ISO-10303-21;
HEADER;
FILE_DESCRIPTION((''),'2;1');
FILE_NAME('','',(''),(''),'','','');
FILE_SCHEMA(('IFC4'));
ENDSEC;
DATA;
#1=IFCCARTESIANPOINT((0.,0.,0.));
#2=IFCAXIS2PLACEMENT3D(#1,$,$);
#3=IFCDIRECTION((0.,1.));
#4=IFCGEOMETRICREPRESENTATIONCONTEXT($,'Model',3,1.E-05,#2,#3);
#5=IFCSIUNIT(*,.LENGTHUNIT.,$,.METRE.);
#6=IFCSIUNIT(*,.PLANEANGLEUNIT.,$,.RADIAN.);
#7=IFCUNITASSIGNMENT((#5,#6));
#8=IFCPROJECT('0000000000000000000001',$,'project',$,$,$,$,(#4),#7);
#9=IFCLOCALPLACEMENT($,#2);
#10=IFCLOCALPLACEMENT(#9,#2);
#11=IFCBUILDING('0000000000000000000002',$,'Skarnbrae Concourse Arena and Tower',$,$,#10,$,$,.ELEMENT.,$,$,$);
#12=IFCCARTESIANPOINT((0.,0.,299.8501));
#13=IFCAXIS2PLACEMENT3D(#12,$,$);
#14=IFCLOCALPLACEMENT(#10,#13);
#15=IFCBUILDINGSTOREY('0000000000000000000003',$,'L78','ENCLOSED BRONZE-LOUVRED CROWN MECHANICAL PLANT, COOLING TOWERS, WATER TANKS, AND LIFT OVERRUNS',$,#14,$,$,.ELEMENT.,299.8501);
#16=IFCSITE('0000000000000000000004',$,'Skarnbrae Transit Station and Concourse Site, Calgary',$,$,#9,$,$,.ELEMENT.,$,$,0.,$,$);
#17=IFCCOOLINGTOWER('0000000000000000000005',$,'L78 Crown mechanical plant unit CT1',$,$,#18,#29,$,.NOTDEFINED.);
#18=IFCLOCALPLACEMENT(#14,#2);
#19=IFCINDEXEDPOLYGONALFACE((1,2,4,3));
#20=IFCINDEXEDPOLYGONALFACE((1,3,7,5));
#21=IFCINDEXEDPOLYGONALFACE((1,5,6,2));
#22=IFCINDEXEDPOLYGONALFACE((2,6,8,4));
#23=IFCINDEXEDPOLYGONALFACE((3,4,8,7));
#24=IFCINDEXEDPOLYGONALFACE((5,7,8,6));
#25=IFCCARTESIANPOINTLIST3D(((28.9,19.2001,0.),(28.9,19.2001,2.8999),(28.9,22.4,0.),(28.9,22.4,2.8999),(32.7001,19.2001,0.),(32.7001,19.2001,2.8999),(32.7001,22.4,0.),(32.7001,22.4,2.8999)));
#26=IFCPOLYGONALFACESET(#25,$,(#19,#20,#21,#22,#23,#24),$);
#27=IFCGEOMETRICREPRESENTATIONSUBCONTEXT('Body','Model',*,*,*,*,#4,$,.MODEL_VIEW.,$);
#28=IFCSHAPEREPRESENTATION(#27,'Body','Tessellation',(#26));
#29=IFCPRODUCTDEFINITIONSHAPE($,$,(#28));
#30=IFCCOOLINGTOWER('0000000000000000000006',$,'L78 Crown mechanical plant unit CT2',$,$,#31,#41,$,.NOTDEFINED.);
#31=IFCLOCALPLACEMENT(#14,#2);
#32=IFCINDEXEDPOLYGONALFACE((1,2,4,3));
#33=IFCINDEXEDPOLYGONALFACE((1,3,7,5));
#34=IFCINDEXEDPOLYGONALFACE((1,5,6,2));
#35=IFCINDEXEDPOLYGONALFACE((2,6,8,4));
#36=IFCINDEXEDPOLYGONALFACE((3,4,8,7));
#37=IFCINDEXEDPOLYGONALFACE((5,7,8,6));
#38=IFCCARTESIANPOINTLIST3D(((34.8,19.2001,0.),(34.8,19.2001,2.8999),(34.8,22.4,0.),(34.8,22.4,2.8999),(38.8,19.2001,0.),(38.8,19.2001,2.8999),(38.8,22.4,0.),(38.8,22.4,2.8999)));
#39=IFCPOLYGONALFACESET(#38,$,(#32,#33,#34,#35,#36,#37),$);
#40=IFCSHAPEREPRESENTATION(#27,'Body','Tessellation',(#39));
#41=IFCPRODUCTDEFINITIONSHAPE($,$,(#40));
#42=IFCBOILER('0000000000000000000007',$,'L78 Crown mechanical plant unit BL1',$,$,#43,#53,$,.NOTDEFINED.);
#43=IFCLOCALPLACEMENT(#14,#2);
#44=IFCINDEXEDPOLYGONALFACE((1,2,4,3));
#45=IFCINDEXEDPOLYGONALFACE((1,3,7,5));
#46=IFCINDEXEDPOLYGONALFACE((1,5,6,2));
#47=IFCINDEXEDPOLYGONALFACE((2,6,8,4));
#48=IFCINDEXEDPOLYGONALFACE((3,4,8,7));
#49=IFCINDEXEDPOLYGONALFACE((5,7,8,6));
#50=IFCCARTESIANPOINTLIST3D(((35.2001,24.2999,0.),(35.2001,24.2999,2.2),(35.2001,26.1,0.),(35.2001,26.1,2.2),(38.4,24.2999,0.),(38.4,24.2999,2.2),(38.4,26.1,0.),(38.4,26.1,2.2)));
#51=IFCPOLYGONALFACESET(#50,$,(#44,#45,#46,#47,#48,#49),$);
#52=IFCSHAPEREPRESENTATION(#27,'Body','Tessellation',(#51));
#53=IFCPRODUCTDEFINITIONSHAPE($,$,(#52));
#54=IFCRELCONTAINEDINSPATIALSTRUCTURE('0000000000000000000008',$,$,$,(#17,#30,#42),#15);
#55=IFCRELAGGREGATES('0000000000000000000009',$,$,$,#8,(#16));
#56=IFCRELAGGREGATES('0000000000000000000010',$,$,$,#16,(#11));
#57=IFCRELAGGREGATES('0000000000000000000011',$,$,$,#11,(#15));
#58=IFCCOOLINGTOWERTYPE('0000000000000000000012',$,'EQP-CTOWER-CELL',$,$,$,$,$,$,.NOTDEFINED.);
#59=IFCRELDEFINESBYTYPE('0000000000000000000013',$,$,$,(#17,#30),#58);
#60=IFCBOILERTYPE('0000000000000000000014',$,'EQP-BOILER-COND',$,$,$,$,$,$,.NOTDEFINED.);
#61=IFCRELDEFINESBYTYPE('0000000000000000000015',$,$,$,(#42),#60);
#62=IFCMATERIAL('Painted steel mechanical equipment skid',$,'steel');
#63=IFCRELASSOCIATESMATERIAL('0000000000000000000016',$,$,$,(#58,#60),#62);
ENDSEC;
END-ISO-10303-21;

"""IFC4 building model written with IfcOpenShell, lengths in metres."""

from ifc_helpers import new_model, si_unit, direction, frame, origin, origin_2d, place, context, subcontext, project, spatial, rectangle, extrude, source, transform, mapped, material, type_object, element, save


model = new_model("IFC4")

# Units and contexts
model_context = context("Model", 3, precision=1e-05, world=origin(), true_north=direction((0.0, 1.0)))
body_context = subcontext(model_context, "Body", "Model", "MODEL_VIEW")
ifc_project = project(units=[si_unit("LENGTHUNIT", "METRE"), si_unit("PLANEANGLEUNIT", "RADIAN")], contexts=[model_context])

# Site, building, storey
site_placement = place(None, origin())
site = spatial("IfcSite", under=ifc_project, at=site_placement, Name="Skarnbrae Transit Station and Concourse Site, Calgary", CompositionType="ELEMENT", RefElevation=0.0)
building_placement = place(site_placement, origin())
building = spatial("IfcBuilding", under=site, at=building_placement, Name="Skarnbrae Concourse Arena and Tower", CompositionType="ELEMENT")
storey_placement = place(building_placement, frame((0.0, 0.0, 299.8501)))
storey = spatial("IfcBuildingStorey", under=building, at=storey_placement, Name="L78", Description="ENCLOSED BRONZE-LOUVRED CROWN MECHANICAL PLANT, COOLING TOWERS, WATER TANKS, AND LIFT OVERRUNS", CompositionType="ELEMENT", Elevation=299.8501)

# Cooling towers
ifc_material_1 = material(Name="Painted steel mechanical equipment skid", Category="steel")
cooling_tower_type = type_object("IfcCoolingTowerType", Name="EQP-CTOWER-CELL", PredefinedType="NOTDEFINED", material=ifc_material_1)
shared_shape_1 = source(origin(), body_context, "Body", "SweptSolid", [
    extrude(rectangle(XDim=3.8, YDim=3.2, at=origin_2d()), origin(), (0.0, 0.0, 1.0), 2.8999),
])
cooling_tower_1_placement = place(storey_placement, frame((30.8, 20.8, 0.0), z_axis=(0.0, 0.0, 1.0), x_axis=(1.0, 0.0, 0.0)))
element("IfcCoolingTower", 1, at=cooling_tower_1_placement, inside=storey, type_object=cooling_tower_type, Name="L78 Crown mechanical plant unit CT1", PredefinedType="NOTDEFINED", context=body_context, shape_type="MappedRepresentation", body=[
    mapped(shared_shape_1, transform((0.0, 0.0, 0.0))),
])
shared_shape_2 = source(origin(), body_context, "Body", "SweptSolid", [
    extrude(rectangle(XDim=4.0, YDim=3.2, at=origin_2d()), origin(), (0.0, 0.0, 1.0), 2.8999),
])
cooling_tower_2_placement = place(storey_placement, frame((36.8, 20.8, 0.0), z_axis=(0.0, 0.0, 1.0), x_axis=(1.0, 0.0, 0.0)))
element("IfcCoolingTower", 2, at=cooling_tower_2_placement, inside=storey, type_object=cooling_tower_type, Name="L78 Crown mechanical plant unit CT2", PredefinedType="NOTDEFINED", context=body_context, shape_type="MappedRepresentation", body=[
    mapped(shared_shape_2, transform((0.0, 0.0, 0.0))),
])

# Boiler
boiler_type = type_object("IfcBoilerType", Name="EQP-BOILER-COND", PredefinedType="NOTDEFINED", material=ifc_material_1)
shared_shape_3 = source(origin(), body_context, "Body", "SweptSolid", [
    extrude(rectangle(XDim=3.2, YDim=1.8, at=origin_2d()), origin(), (0.0, 0.0, 1.0), 2.2),
])
boiler_placement = place(storey_placement, frame((36.8, 25.2, 0.0), z_axis=(0.0, 0.0, 1.0), x_axis=(1.0, 0.0, 0.0)))
element("IfcBoiler", 3, at=boiler_placement, inside=storey, type_object=boiler_type, Name="L78 Crown mechanical plant unit BL1", PredefinedType="NOTDEFINED", context=body_context, shape_type="MappedRepresentation", body=[
    mapped(shared_shape_3, transform((0.0, 0.0, 0.0))),
])

save(model, "model.ifc")
